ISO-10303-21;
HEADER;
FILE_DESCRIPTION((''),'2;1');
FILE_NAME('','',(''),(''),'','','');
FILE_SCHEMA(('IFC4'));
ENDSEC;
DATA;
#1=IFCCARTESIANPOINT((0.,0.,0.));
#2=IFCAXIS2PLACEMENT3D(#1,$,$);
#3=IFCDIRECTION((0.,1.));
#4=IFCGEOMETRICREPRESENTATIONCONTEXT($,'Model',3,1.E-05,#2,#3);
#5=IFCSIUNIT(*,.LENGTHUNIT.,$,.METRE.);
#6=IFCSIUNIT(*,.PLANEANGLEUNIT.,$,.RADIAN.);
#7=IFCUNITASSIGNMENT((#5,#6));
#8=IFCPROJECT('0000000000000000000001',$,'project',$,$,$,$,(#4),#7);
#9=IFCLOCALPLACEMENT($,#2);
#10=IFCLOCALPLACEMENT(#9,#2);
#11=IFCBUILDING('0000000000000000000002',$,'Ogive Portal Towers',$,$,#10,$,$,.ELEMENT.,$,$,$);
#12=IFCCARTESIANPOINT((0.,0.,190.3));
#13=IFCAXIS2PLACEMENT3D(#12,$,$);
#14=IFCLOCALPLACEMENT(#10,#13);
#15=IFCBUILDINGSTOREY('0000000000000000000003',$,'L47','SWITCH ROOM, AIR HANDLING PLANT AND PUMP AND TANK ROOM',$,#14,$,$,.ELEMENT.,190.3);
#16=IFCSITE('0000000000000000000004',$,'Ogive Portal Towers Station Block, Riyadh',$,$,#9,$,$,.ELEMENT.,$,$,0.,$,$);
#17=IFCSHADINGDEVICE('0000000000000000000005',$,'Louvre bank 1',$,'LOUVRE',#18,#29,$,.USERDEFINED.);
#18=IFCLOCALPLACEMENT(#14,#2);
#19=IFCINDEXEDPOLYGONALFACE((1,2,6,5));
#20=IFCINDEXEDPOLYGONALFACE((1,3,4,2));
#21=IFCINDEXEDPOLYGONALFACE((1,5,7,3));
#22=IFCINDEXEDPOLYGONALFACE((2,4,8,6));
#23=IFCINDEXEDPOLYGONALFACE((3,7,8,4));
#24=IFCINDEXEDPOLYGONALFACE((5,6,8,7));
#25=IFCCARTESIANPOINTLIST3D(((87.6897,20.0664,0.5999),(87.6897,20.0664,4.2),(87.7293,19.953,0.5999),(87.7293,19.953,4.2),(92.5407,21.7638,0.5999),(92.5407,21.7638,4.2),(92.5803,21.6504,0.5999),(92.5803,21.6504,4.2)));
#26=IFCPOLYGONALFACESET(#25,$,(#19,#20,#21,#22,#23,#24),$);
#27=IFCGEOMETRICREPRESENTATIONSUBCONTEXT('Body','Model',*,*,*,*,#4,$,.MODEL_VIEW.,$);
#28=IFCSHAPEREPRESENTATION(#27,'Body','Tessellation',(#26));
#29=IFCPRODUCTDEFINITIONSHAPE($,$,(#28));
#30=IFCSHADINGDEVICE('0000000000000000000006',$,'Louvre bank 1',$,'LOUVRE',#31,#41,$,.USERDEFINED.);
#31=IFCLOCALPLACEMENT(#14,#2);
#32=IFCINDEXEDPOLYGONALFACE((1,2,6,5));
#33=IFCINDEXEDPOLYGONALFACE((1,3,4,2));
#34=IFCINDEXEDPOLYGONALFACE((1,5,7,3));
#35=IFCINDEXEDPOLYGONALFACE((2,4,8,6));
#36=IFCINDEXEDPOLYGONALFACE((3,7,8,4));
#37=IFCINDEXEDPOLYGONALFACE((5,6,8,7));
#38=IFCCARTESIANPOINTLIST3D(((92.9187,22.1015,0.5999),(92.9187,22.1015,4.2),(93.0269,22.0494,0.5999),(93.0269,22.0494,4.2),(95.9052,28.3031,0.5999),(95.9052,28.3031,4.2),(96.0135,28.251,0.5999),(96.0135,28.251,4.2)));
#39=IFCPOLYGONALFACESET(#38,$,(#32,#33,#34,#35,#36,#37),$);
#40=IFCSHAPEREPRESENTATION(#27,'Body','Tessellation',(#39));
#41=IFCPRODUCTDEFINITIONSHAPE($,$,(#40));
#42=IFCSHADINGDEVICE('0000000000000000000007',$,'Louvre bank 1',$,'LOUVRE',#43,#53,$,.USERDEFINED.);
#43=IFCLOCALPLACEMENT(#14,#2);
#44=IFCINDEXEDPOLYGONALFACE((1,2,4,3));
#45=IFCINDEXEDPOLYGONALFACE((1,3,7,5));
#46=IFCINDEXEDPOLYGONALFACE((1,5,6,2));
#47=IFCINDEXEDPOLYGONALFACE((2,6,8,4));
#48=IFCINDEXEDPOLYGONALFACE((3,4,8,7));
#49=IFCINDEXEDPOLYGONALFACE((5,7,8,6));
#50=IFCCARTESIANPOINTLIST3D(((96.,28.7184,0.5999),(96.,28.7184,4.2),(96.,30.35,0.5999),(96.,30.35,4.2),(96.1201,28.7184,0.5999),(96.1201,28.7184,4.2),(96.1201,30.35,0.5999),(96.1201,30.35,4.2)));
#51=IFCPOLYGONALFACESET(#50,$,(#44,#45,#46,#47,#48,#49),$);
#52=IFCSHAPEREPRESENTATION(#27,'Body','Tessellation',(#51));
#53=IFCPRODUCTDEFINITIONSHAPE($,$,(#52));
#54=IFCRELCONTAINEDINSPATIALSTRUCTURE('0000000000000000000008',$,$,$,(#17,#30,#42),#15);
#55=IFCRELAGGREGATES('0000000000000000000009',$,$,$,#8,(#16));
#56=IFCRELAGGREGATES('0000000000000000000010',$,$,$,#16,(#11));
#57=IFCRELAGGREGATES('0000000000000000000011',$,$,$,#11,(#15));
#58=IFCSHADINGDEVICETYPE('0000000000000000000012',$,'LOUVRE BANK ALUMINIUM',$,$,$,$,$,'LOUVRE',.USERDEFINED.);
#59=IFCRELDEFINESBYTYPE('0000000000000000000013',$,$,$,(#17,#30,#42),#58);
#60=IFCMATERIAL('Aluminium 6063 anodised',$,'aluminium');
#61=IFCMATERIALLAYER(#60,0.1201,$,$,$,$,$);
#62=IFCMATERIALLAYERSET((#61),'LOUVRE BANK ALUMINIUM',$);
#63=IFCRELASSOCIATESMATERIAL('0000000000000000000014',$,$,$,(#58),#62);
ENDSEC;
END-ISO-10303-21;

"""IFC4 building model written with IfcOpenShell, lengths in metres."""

from ifc_helpers import new_model, si_unit, direction, frame, origin, origin_2d, place, context, subcontext, project, spatial, rectangle, extrude, material, layer, layer_set, type_object, element, save


model = new_model("IFC4")

# Units and contexts
model_context = context("Model", 3, precision=1e-05, world=origin(), true_north=direction((0.0, 1.0)))
body_context = subcontext(model_context, "Body", "Model", "MODEL_VIEW")
ifc_project = project(units=[si_unit("LENGTHUNIT", "METRE"), si_unit("PLANEANGLEUNIT", "RADIAN")], contexts=[model_context])

# Site, building, storey
site_placement = place(None, origin())
site = spatial("IfcSite", under=ifc_project, at=site_placement, Name="Ogive Portal Towers Station Block, Riyadh", CompositionType="ELEMENT", RefElevation=0.0)
building_placement = place(site_placement, origin())
building = spatial("IfcBuilding", under=site, at=building_placement, Name="Ogive Portal Towers", CompositionType="ELEMENT")
storey_placement = place(building_placement, frame((0.0, 0.0, 190.3)))
storey = spatial("IfcBuildingStorey", under=building, at=storey_placement, Name="L47", Description="SWITCH ROOM, AIR HANDLING PLANT AND PUMP AND TANK ROOM", CompositionType="ELEMENT", Elevation=190.3)

# Shading devices
ifc_material_1 = material(Name="Aluminium 6063 anodised", Category="aluminium")
ifc_layer_1 = layer(ifc_material_1, 0.1201)
ifc_layer_set_1 = layer_set([ifc_layer_1], Name="LOUVRE BANK ALUMINIUM")
shading_device_type = type_object("IfcShadingDeviceType", Name="LOUVRE BANK ALUMINIUM", ElementType="LOUVRE", PredefinedType="USERDEFINED", material=ifc_layer_set_1)
shading_device_1_placement = place(storey_placement, frame((90.135, 20.8584, 0.5999), z_axis=(0.0, 0.0, 1.0), x_axis=(0.943883, 0.330279, 0.0)))
element("IfcShadingDevice", 1, at=shading_device_1_placement, inside=storey, type_object=shading_device_type, Name="Louvre bank 1", ObjectType="LOUVRE", PredefinedType="USERDEFINED", context=body_context, shape_type="SweptSolid", body=[
    extrude(rectangle(XDim=5.1394, YDim=0.1201, at=origin_2d()), origin(), (0.0, 0.0, 1.0), 3.6001),
])
shading_device_2_placement = place(storey_placement, frame((94.4661, 25.1763, 0.5999), z_axis=(0.0, 0.0, 1.0), x_axis=(0.433884, 0.900969, 0.0)))
element("IfcShadingDevice", 2, at=shading_device_2_placement, inside=storey, type_object=shading_device_type, Name="Louvre bank 1", ObjectType="LOUVRE", PredefinedType="USERDEFINED", context=body_context, shape_type="SweptSolid", body=[
    extrude(rectangle(XDim=6.8833, YDim=0.1201, at=origin_2d()), origin(), (0.0, 0.0, 1.0), 3.6001),
])
shading_device_3_placement = place(storey_placement, frame((96.0601, 29.5342, 0.5999), z_axis=(0.0, 0.0, 1.0), x_axis=(0.0, 1.0, 0.0)))
element("IfcShadingDevice", 3, at=shading_device_3_placement, inside=storey, type_object=shading_device_type, Name="Louvre bank 1", ObjectType="LOUVRE", PredefinedType="USERDEFINED", context=body_context, shape_type="SweptSolid", body=[
    extrude(rectangle(XDim=1.6316, YDim=0.1201, at=origin_2d()), origin(), (0.0, 0.0, 1.0), 3.6001),
])

save(model, "model.ifc")
